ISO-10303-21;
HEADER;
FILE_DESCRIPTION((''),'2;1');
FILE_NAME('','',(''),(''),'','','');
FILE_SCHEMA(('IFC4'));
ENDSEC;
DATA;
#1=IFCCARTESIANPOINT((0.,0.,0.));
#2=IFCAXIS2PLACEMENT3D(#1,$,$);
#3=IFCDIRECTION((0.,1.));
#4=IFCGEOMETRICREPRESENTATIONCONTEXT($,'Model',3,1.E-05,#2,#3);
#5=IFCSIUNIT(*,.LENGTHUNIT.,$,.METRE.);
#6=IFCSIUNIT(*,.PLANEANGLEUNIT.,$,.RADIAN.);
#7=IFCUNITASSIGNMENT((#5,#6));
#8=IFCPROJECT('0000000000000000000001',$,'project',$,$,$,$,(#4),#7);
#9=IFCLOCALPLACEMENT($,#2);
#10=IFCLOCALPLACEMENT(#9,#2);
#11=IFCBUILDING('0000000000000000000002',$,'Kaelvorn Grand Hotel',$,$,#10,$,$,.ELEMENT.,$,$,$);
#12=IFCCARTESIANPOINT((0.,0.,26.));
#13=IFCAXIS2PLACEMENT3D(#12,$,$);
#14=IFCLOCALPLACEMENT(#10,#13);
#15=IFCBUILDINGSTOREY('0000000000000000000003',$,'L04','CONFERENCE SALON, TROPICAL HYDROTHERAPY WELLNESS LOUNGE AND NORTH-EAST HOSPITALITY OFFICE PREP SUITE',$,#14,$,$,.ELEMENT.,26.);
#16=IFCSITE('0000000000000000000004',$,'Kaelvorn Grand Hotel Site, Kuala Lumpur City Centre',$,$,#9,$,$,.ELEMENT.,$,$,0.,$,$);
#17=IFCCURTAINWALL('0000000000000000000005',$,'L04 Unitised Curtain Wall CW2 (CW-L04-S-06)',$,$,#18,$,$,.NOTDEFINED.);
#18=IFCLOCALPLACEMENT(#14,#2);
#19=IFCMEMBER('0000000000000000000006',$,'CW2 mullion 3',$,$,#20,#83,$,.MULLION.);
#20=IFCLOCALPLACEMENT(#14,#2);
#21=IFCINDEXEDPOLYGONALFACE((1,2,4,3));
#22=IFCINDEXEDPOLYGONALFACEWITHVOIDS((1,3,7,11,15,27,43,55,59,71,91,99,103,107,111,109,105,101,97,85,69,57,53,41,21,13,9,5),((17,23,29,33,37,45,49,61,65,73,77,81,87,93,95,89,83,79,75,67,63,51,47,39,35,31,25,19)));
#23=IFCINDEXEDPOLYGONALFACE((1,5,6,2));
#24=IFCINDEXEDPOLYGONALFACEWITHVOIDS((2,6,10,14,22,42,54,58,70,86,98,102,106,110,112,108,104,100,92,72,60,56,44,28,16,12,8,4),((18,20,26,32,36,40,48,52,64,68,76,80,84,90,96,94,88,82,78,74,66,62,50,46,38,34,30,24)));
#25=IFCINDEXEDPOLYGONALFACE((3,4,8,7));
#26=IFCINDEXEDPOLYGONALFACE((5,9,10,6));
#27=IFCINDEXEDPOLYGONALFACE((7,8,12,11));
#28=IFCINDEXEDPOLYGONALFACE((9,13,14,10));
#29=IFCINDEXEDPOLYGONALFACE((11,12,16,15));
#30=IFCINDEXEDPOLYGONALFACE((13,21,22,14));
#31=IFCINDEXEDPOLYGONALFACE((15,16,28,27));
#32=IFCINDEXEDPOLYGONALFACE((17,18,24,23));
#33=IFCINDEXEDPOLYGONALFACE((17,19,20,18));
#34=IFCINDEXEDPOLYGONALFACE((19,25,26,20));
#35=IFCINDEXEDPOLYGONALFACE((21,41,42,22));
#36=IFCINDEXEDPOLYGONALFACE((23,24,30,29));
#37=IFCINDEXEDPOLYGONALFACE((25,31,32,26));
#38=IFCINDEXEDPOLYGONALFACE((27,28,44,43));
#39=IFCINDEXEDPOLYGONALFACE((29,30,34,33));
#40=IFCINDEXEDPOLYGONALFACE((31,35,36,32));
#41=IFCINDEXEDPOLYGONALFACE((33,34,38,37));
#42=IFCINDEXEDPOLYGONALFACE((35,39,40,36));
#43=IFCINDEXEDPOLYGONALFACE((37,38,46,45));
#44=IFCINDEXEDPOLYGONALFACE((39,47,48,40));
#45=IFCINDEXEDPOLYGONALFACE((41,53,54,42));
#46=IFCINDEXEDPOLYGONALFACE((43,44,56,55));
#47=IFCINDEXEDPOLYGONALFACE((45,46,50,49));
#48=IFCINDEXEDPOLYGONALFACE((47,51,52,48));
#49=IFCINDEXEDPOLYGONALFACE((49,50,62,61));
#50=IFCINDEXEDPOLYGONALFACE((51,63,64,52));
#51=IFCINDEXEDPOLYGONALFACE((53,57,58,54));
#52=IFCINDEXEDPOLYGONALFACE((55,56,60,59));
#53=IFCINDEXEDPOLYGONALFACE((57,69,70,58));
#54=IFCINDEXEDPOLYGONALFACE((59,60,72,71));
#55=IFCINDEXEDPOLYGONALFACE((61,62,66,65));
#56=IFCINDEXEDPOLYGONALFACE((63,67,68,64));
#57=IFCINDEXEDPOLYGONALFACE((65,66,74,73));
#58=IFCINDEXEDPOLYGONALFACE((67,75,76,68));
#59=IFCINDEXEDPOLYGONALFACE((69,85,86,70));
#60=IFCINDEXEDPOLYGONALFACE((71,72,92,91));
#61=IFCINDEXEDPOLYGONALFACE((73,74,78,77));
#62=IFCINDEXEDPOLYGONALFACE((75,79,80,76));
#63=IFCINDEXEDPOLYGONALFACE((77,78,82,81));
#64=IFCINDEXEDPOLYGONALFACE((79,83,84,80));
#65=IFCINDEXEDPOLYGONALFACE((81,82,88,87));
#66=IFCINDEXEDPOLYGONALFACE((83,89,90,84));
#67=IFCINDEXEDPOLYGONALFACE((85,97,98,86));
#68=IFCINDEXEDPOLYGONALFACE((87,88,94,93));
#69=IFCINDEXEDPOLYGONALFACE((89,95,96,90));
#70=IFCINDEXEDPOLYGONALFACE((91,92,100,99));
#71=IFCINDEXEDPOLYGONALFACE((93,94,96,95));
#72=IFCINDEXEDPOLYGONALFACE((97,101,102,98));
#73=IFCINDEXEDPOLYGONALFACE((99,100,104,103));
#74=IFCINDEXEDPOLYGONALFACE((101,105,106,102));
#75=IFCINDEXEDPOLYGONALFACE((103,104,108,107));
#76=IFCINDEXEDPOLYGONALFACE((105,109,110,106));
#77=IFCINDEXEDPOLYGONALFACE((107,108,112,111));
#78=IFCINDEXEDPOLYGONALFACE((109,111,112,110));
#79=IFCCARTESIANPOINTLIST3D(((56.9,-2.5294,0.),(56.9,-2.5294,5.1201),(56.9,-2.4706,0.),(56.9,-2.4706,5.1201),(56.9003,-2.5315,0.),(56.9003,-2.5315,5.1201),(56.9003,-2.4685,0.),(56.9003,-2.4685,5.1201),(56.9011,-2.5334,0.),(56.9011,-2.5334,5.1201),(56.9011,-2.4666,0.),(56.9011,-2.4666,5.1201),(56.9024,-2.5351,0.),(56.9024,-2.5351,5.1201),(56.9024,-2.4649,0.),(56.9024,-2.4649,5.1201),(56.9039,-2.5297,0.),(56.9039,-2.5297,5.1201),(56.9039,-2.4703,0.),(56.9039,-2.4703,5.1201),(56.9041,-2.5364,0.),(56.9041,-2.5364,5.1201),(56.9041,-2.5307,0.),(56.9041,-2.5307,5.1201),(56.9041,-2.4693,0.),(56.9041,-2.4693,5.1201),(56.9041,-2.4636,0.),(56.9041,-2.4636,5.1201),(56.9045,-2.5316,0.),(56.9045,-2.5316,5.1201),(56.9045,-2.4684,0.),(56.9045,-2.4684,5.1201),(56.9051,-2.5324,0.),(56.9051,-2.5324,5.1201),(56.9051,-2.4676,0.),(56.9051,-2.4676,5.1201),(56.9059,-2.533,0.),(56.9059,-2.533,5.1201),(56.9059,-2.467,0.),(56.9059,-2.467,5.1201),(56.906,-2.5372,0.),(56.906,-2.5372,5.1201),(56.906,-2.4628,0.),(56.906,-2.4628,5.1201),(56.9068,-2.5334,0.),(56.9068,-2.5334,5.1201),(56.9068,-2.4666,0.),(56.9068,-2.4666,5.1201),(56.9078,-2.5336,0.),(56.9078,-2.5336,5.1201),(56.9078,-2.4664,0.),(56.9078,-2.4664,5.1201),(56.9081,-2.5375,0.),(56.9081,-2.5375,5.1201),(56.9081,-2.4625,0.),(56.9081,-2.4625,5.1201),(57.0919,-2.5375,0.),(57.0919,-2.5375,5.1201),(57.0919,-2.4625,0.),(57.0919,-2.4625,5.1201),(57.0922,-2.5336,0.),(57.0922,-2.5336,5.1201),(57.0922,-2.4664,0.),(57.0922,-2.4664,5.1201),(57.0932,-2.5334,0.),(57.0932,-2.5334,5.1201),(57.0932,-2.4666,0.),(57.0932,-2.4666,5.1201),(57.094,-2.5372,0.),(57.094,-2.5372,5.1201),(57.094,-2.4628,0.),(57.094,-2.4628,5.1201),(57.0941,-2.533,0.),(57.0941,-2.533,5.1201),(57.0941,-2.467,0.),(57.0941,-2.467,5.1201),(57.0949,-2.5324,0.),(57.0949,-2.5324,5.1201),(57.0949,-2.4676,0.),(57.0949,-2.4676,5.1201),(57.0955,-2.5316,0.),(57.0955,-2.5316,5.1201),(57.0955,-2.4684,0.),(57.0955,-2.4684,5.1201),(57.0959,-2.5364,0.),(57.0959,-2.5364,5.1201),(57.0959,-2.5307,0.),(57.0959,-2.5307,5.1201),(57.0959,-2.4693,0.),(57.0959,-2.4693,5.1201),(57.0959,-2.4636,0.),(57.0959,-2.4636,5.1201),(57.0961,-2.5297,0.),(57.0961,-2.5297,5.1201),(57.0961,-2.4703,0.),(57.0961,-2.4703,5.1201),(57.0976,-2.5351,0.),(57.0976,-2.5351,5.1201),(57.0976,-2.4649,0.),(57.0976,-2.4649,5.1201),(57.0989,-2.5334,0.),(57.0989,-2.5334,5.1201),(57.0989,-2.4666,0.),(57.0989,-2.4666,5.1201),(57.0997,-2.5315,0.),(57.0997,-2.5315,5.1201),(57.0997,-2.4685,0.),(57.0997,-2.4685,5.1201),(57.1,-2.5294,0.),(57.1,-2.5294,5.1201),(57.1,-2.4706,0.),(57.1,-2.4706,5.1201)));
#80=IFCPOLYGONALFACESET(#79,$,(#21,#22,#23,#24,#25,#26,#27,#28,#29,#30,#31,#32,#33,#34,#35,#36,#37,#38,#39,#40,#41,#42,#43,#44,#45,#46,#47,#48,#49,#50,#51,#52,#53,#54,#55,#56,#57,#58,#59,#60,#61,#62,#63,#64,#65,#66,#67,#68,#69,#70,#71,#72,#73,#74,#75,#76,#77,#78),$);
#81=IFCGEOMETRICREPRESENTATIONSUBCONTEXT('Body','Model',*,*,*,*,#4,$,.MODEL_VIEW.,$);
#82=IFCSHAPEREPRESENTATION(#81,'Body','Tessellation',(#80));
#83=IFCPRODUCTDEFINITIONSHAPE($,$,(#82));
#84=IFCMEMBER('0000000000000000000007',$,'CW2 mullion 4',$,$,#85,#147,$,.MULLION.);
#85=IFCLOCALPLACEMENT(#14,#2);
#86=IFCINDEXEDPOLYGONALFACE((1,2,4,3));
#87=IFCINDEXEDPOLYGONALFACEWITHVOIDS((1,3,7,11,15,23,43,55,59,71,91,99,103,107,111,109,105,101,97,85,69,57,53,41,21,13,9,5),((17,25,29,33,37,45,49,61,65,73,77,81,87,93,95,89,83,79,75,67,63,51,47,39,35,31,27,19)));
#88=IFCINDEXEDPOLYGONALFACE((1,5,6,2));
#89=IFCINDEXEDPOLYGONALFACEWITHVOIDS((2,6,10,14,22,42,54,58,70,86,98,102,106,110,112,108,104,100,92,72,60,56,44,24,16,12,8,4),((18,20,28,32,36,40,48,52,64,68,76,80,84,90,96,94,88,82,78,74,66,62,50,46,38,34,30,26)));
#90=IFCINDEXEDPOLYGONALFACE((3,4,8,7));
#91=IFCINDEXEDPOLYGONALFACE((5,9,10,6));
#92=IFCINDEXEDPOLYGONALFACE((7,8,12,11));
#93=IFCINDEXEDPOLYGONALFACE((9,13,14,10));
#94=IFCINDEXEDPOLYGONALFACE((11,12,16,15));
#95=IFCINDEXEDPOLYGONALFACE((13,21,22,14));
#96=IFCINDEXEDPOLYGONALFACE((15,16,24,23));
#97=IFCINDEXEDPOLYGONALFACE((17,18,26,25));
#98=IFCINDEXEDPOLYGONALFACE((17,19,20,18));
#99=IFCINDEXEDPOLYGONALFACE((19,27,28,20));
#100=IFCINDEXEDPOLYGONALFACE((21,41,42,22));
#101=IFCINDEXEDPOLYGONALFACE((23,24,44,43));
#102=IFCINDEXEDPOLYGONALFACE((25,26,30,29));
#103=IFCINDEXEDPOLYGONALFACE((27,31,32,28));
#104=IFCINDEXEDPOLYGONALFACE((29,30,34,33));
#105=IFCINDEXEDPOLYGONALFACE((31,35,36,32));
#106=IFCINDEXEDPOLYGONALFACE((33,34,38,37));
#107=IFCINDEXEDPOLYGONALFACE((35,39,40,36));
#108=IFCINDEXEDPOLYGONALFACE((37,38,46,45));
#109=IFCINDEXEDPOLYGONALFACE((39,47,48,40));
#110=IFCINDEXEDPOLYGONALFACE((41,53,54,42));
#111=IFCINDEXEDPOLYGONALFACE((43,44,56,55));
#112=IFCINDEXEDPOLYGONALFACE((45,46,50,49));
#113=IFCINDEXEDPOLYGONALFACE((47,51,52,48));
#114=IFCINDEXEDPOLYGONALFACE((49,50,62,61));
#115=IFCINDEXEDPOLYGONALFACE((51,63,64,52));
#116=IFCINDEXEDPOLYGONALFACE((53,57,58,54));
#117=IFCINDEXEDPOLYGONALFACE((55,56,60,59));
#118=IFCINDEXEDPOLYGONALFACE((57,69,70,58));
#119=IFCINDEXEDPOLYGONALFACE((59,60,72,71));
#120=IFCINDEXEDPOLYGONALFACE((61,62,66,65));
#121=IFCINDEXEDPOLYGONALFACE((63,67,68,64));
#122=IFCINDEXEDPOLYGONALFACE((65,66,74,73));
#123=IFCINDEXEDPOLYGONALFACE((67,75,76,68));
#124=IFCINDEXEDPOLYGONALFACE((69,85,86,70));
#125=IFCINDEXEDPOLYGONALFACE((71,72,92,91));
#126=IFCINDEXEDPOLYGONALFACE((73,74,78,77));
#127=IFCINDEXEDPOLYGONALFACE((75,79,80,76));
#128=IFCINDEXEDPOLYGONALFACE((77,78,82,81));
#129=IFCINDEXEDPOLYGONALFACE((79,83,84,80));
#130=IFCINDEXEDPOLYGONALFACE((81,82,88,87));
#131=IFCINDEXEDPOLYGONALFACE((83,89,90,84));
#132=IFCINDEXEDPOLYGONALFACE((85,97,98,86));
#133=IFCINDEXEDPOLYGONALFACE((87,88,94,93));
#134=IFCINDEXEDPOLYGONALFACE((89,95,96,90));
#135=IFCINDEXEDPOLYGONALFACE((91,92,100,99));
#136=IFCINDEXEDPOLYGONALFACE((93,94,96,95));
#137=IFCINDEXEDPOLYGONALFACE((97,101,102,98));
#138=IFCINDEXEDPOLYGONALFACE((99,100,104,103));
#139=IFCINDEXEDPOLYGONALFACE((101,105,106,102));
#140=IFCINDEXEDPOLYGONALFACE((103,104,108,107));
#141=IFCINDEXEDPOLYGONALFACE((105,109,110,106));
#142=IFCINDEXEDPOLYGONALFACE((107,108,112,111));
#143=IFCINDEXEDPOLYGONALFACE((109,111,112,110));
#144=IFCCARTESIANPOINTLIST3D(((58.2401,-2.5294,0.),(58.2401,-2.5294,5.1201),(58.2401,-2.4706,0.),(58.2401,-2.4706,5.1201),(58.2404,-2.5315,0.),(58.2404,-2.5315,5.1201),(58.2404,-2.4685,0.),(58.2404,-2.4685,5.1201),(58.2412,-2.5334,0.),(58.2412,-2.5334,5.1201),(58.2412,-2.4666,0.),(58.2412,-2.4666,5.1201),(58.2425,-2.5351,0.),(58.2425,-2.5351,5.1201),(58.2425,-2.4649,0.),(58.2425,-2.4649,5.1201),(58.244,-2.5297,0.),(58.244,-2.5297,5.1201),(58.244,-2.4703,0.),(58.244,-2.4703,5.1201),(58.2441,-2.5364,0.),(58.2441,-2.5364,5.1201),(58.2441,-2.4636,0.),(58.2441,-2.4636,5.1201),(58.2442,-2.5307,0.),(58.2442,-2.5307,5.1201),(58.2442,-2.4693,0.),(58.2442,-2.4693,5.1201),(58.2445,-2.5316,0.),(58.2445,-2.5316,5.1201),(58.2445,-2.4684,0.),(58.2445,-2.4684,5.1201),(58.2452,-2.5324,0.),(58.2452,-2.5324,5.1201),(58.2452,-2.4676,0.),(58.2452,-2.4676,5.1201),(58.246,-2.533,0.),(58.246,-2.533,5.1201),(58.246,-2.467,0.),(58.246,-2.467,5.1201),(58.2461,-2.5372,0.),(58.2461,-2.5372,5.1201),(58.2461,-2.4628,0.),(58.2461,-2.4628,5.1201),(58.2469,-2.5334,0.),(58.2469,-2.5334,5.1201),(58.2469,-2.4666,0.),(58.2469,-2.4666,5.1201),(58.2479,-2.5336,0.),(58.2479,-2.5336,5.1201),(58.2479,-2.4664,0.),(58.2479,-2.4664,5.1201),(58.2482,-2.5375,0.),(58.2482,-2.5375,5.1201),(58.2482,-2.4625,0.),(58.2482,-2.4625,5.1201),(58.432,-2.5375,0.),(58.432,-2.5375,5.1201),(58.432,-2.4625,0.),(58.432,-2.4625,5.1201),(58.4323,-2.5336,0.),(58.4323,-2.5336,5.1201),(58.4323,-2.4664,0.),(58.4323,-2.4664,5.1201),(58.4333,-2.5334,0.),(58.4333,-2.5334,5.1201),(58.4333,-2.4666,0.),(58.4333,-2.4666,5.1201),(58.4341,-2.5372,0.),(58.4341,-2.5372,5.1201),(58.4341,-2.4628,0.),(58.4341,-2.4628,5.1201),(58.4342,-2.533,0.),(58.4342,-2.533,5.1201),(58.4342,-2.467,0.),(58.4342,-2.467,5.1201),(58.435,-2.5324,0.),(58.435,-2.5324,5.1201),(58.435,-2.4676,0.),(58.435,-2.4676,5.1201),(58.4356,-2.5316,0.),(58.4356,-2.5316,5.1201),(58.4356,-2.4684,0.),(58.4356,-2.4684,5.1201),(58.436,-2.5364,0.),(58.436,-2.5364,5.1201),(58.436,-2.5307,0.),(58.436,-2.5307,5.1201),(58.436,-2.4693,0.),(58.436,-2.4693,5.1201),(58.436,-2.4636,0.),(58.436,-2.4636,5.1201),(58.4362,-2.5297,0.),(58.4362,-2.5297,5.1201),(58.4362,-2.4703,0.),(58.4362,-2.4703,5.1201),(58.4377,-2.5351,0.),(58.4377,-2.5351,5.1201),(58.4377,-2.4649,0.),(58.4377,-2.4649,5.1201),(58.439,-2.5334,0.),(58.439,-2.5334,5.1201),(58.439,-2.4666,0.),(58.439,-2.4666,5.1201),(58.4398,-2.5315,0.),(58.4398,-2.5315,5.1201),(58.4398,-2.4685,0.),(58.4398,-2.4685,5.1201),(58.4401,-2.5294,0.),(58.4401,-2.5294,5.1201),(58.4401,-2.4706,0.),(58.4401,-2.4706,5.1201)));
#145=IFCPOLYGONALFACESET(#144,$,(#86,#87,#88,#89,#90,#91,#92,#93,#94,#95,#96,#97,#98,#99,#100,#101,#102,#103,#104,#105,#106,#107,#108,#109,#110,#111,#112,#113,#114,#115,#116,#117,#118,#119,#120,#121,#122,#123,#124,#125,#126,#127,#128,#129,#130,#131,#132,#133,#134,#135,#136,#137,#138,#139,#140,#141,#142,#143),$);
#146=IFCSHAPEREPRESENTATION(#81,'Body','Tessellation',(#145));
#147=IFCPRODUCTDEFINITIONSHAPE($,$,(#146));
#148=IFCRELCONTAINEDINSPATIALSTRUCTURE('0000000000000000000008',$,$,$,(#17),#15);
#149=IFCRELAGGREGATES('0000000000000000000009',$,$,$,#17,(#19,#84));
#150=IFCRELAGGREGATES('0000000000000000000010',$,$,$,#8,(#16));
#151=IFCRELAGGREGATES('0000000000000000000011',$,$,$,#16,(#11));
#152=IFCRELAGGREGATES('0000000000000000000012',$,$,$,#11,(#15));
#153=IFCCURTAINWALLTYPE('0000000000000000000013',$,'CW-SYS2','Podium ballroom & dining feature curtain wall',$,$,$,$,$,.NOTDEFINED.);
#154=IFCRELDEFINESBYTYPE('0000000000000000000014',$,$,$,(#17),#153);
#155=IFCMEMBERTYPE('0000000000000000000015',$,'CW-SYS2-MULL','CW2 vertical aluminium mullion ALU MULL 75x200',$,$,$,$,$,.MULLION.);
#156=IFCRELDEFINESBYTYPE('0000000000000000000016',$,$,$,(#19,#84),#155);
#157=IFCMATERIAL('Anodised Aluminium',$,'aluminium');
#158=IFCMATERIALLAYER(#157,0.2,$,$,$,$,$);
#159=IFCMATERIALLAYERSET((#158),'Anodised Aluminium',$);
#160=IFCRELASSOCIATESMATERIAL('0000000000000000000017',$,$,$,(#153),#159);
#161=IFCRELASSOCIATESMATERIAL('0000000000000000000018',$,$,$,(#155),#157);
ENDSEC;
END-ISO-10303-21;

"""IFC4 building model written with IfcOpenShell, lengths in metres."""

from ifc_helpers import new_model, si_unit, direction, frame, origin, origin_2d, place, context, subcontext, project, spatial, hollow_rectangle, extrude, material, layer, layer_set, material_profile, profile_set, type_object, element, aggregate, save


model = new_model("IFC4")

# Units and contexts
model_context = context("Model", 3, precision=1e-05, world=origin(), true_north=direction((0.0, 1.0)))
body_context = subcontext(model_context, "Body", "Model", "MODEL_VIEW")
ifc_project = project(units=[si_unit("LENGTHUNIT", "METRE"), si_unit("PLANEANGLEUNIT", "RADIAN")], contexts=[model_context])

# Site, building, storey
site_placement = place(None, origin())
site = spatial("IfcSite", under=ifc_project, at=site_placement, Name="Kaelvorn Grand Hotel Site, Kuala Lumpur City Centre", CompositionType="ELEMENT", RefElevation=0.0)
building_placement = place(site_placement, origin())
building = spatial("IfcBuilding", under=site, at=building_placement, Name="Kaelvorn Grand Hotel", CompositionType="ELEMENT")
storey_placement = place(building_placement, frame((0.0, 0.0, 26.0)))
storey = spatial("IfcBuildingStorey", under=building, at=storey_placement, Name="L04", Description="CONFERENCE SALON, TROPICAL HYDROTHERAPY WELLNESS LOUNGE AND NORTH-EAST HOSPITALITY OFFICE PREP SUITE", CompositionType="ELEMENT", Elevation=26.0)

# Curtain wall, members
ifc_material_1 = material(Name="Anodised Aluminium", Category="aluminium")
ifc_layer_1 = layer(ifc_material_1, 0.2)
ifc_layer_set_1 = layer_set([ifc_layer_1], Name="Anodised Aluminium")
curtain_wall_type = type_object("IfcCurtainWallType", Name="CW-SYS2", Description="Podium ballroom & dining feature curtain wall", PredefinedType="NOTDEFINED", material=ifc_layer_set_1)
curtain_wall_placement = place(storey_placement, origin())
curtain_wall = element("IfcCurtainWall", 1, at=curtain_wall_placement, inside=storey, type_object=curtain_wall_type, Name="L04 Unitised Curtain Wall CW2 (CW-L04-S-06)", PredefinedType="NOTDEFINED")
ifc_material_profile_1 = material_profile(ifc_material_1, hollow_rectangle(XDim=0.075, YDim=0.2, WallThickness=0.0039, InnerFilletRadius=0.0039, OuterFilletRadius=0.0081, at=origin_2d()), Name="ALU MULL 75x200")
ifc_profile_set_1 = profile_set([ifc_material_profile_1], Name="Anodised Aluminium")
member_type_1 = type_object("IfcMemberType", Name="CW-SYS2-MULL", Description="CW2 vertical aluminium mullion ALU MULL 75x200", PredefinedType="MULLION", material=ifc_profile_set_1)
member_1_placement = place(storey_placement, frame((57.0, -2.5, 0.0), z_axis=(0.0, 0.0, 1.0), x_axis=(0.0, 1.0, 0.0)))
member_1 = element("IfcMember", 2, at=member_1_placement, type_object=member_type_1, Name="CW2 mullion 3", PredefinedType="MULLION", context=body_context, shape_type="SweptSolid", body=[
    extrude(hollow_rectangle(XDim=0.075, YDim=0.2, WallThickness=0.0039, InnerFilletRadius=0.0039, OuterFilletRadius=0.0081, at=origin_2d()), origin(), (0.0, 0.0, 1.0), 5.1201),
])
member_2_placement = place(storey_placement, frame((58.3401, -2.5, 0.0), z_axis=(0.0, 0.0, 1.0), x_axis=(0.0, 1.0, 0.0)))
member_2 = element("IfcMember", 3, at=member_2_placement, type_object=member_type_1, Name="CW2 mullion 4", PredefinedType="MULLION", context=body_context, shape_type="SweptSolid", body=[
    extrude(hollow_rectangle(XDim=0.075, YDim=0.2, WallThickness=0.0039, InnerFilletRadius=0.0039, OuterFilletRadius=0.0081, at=origin_2d()), origin(), (0.0, 0.0, 1.0), 5.1201),
])
aggregate(curtain_wall, [member_1, member_2])

save(model, "model.ifc")
